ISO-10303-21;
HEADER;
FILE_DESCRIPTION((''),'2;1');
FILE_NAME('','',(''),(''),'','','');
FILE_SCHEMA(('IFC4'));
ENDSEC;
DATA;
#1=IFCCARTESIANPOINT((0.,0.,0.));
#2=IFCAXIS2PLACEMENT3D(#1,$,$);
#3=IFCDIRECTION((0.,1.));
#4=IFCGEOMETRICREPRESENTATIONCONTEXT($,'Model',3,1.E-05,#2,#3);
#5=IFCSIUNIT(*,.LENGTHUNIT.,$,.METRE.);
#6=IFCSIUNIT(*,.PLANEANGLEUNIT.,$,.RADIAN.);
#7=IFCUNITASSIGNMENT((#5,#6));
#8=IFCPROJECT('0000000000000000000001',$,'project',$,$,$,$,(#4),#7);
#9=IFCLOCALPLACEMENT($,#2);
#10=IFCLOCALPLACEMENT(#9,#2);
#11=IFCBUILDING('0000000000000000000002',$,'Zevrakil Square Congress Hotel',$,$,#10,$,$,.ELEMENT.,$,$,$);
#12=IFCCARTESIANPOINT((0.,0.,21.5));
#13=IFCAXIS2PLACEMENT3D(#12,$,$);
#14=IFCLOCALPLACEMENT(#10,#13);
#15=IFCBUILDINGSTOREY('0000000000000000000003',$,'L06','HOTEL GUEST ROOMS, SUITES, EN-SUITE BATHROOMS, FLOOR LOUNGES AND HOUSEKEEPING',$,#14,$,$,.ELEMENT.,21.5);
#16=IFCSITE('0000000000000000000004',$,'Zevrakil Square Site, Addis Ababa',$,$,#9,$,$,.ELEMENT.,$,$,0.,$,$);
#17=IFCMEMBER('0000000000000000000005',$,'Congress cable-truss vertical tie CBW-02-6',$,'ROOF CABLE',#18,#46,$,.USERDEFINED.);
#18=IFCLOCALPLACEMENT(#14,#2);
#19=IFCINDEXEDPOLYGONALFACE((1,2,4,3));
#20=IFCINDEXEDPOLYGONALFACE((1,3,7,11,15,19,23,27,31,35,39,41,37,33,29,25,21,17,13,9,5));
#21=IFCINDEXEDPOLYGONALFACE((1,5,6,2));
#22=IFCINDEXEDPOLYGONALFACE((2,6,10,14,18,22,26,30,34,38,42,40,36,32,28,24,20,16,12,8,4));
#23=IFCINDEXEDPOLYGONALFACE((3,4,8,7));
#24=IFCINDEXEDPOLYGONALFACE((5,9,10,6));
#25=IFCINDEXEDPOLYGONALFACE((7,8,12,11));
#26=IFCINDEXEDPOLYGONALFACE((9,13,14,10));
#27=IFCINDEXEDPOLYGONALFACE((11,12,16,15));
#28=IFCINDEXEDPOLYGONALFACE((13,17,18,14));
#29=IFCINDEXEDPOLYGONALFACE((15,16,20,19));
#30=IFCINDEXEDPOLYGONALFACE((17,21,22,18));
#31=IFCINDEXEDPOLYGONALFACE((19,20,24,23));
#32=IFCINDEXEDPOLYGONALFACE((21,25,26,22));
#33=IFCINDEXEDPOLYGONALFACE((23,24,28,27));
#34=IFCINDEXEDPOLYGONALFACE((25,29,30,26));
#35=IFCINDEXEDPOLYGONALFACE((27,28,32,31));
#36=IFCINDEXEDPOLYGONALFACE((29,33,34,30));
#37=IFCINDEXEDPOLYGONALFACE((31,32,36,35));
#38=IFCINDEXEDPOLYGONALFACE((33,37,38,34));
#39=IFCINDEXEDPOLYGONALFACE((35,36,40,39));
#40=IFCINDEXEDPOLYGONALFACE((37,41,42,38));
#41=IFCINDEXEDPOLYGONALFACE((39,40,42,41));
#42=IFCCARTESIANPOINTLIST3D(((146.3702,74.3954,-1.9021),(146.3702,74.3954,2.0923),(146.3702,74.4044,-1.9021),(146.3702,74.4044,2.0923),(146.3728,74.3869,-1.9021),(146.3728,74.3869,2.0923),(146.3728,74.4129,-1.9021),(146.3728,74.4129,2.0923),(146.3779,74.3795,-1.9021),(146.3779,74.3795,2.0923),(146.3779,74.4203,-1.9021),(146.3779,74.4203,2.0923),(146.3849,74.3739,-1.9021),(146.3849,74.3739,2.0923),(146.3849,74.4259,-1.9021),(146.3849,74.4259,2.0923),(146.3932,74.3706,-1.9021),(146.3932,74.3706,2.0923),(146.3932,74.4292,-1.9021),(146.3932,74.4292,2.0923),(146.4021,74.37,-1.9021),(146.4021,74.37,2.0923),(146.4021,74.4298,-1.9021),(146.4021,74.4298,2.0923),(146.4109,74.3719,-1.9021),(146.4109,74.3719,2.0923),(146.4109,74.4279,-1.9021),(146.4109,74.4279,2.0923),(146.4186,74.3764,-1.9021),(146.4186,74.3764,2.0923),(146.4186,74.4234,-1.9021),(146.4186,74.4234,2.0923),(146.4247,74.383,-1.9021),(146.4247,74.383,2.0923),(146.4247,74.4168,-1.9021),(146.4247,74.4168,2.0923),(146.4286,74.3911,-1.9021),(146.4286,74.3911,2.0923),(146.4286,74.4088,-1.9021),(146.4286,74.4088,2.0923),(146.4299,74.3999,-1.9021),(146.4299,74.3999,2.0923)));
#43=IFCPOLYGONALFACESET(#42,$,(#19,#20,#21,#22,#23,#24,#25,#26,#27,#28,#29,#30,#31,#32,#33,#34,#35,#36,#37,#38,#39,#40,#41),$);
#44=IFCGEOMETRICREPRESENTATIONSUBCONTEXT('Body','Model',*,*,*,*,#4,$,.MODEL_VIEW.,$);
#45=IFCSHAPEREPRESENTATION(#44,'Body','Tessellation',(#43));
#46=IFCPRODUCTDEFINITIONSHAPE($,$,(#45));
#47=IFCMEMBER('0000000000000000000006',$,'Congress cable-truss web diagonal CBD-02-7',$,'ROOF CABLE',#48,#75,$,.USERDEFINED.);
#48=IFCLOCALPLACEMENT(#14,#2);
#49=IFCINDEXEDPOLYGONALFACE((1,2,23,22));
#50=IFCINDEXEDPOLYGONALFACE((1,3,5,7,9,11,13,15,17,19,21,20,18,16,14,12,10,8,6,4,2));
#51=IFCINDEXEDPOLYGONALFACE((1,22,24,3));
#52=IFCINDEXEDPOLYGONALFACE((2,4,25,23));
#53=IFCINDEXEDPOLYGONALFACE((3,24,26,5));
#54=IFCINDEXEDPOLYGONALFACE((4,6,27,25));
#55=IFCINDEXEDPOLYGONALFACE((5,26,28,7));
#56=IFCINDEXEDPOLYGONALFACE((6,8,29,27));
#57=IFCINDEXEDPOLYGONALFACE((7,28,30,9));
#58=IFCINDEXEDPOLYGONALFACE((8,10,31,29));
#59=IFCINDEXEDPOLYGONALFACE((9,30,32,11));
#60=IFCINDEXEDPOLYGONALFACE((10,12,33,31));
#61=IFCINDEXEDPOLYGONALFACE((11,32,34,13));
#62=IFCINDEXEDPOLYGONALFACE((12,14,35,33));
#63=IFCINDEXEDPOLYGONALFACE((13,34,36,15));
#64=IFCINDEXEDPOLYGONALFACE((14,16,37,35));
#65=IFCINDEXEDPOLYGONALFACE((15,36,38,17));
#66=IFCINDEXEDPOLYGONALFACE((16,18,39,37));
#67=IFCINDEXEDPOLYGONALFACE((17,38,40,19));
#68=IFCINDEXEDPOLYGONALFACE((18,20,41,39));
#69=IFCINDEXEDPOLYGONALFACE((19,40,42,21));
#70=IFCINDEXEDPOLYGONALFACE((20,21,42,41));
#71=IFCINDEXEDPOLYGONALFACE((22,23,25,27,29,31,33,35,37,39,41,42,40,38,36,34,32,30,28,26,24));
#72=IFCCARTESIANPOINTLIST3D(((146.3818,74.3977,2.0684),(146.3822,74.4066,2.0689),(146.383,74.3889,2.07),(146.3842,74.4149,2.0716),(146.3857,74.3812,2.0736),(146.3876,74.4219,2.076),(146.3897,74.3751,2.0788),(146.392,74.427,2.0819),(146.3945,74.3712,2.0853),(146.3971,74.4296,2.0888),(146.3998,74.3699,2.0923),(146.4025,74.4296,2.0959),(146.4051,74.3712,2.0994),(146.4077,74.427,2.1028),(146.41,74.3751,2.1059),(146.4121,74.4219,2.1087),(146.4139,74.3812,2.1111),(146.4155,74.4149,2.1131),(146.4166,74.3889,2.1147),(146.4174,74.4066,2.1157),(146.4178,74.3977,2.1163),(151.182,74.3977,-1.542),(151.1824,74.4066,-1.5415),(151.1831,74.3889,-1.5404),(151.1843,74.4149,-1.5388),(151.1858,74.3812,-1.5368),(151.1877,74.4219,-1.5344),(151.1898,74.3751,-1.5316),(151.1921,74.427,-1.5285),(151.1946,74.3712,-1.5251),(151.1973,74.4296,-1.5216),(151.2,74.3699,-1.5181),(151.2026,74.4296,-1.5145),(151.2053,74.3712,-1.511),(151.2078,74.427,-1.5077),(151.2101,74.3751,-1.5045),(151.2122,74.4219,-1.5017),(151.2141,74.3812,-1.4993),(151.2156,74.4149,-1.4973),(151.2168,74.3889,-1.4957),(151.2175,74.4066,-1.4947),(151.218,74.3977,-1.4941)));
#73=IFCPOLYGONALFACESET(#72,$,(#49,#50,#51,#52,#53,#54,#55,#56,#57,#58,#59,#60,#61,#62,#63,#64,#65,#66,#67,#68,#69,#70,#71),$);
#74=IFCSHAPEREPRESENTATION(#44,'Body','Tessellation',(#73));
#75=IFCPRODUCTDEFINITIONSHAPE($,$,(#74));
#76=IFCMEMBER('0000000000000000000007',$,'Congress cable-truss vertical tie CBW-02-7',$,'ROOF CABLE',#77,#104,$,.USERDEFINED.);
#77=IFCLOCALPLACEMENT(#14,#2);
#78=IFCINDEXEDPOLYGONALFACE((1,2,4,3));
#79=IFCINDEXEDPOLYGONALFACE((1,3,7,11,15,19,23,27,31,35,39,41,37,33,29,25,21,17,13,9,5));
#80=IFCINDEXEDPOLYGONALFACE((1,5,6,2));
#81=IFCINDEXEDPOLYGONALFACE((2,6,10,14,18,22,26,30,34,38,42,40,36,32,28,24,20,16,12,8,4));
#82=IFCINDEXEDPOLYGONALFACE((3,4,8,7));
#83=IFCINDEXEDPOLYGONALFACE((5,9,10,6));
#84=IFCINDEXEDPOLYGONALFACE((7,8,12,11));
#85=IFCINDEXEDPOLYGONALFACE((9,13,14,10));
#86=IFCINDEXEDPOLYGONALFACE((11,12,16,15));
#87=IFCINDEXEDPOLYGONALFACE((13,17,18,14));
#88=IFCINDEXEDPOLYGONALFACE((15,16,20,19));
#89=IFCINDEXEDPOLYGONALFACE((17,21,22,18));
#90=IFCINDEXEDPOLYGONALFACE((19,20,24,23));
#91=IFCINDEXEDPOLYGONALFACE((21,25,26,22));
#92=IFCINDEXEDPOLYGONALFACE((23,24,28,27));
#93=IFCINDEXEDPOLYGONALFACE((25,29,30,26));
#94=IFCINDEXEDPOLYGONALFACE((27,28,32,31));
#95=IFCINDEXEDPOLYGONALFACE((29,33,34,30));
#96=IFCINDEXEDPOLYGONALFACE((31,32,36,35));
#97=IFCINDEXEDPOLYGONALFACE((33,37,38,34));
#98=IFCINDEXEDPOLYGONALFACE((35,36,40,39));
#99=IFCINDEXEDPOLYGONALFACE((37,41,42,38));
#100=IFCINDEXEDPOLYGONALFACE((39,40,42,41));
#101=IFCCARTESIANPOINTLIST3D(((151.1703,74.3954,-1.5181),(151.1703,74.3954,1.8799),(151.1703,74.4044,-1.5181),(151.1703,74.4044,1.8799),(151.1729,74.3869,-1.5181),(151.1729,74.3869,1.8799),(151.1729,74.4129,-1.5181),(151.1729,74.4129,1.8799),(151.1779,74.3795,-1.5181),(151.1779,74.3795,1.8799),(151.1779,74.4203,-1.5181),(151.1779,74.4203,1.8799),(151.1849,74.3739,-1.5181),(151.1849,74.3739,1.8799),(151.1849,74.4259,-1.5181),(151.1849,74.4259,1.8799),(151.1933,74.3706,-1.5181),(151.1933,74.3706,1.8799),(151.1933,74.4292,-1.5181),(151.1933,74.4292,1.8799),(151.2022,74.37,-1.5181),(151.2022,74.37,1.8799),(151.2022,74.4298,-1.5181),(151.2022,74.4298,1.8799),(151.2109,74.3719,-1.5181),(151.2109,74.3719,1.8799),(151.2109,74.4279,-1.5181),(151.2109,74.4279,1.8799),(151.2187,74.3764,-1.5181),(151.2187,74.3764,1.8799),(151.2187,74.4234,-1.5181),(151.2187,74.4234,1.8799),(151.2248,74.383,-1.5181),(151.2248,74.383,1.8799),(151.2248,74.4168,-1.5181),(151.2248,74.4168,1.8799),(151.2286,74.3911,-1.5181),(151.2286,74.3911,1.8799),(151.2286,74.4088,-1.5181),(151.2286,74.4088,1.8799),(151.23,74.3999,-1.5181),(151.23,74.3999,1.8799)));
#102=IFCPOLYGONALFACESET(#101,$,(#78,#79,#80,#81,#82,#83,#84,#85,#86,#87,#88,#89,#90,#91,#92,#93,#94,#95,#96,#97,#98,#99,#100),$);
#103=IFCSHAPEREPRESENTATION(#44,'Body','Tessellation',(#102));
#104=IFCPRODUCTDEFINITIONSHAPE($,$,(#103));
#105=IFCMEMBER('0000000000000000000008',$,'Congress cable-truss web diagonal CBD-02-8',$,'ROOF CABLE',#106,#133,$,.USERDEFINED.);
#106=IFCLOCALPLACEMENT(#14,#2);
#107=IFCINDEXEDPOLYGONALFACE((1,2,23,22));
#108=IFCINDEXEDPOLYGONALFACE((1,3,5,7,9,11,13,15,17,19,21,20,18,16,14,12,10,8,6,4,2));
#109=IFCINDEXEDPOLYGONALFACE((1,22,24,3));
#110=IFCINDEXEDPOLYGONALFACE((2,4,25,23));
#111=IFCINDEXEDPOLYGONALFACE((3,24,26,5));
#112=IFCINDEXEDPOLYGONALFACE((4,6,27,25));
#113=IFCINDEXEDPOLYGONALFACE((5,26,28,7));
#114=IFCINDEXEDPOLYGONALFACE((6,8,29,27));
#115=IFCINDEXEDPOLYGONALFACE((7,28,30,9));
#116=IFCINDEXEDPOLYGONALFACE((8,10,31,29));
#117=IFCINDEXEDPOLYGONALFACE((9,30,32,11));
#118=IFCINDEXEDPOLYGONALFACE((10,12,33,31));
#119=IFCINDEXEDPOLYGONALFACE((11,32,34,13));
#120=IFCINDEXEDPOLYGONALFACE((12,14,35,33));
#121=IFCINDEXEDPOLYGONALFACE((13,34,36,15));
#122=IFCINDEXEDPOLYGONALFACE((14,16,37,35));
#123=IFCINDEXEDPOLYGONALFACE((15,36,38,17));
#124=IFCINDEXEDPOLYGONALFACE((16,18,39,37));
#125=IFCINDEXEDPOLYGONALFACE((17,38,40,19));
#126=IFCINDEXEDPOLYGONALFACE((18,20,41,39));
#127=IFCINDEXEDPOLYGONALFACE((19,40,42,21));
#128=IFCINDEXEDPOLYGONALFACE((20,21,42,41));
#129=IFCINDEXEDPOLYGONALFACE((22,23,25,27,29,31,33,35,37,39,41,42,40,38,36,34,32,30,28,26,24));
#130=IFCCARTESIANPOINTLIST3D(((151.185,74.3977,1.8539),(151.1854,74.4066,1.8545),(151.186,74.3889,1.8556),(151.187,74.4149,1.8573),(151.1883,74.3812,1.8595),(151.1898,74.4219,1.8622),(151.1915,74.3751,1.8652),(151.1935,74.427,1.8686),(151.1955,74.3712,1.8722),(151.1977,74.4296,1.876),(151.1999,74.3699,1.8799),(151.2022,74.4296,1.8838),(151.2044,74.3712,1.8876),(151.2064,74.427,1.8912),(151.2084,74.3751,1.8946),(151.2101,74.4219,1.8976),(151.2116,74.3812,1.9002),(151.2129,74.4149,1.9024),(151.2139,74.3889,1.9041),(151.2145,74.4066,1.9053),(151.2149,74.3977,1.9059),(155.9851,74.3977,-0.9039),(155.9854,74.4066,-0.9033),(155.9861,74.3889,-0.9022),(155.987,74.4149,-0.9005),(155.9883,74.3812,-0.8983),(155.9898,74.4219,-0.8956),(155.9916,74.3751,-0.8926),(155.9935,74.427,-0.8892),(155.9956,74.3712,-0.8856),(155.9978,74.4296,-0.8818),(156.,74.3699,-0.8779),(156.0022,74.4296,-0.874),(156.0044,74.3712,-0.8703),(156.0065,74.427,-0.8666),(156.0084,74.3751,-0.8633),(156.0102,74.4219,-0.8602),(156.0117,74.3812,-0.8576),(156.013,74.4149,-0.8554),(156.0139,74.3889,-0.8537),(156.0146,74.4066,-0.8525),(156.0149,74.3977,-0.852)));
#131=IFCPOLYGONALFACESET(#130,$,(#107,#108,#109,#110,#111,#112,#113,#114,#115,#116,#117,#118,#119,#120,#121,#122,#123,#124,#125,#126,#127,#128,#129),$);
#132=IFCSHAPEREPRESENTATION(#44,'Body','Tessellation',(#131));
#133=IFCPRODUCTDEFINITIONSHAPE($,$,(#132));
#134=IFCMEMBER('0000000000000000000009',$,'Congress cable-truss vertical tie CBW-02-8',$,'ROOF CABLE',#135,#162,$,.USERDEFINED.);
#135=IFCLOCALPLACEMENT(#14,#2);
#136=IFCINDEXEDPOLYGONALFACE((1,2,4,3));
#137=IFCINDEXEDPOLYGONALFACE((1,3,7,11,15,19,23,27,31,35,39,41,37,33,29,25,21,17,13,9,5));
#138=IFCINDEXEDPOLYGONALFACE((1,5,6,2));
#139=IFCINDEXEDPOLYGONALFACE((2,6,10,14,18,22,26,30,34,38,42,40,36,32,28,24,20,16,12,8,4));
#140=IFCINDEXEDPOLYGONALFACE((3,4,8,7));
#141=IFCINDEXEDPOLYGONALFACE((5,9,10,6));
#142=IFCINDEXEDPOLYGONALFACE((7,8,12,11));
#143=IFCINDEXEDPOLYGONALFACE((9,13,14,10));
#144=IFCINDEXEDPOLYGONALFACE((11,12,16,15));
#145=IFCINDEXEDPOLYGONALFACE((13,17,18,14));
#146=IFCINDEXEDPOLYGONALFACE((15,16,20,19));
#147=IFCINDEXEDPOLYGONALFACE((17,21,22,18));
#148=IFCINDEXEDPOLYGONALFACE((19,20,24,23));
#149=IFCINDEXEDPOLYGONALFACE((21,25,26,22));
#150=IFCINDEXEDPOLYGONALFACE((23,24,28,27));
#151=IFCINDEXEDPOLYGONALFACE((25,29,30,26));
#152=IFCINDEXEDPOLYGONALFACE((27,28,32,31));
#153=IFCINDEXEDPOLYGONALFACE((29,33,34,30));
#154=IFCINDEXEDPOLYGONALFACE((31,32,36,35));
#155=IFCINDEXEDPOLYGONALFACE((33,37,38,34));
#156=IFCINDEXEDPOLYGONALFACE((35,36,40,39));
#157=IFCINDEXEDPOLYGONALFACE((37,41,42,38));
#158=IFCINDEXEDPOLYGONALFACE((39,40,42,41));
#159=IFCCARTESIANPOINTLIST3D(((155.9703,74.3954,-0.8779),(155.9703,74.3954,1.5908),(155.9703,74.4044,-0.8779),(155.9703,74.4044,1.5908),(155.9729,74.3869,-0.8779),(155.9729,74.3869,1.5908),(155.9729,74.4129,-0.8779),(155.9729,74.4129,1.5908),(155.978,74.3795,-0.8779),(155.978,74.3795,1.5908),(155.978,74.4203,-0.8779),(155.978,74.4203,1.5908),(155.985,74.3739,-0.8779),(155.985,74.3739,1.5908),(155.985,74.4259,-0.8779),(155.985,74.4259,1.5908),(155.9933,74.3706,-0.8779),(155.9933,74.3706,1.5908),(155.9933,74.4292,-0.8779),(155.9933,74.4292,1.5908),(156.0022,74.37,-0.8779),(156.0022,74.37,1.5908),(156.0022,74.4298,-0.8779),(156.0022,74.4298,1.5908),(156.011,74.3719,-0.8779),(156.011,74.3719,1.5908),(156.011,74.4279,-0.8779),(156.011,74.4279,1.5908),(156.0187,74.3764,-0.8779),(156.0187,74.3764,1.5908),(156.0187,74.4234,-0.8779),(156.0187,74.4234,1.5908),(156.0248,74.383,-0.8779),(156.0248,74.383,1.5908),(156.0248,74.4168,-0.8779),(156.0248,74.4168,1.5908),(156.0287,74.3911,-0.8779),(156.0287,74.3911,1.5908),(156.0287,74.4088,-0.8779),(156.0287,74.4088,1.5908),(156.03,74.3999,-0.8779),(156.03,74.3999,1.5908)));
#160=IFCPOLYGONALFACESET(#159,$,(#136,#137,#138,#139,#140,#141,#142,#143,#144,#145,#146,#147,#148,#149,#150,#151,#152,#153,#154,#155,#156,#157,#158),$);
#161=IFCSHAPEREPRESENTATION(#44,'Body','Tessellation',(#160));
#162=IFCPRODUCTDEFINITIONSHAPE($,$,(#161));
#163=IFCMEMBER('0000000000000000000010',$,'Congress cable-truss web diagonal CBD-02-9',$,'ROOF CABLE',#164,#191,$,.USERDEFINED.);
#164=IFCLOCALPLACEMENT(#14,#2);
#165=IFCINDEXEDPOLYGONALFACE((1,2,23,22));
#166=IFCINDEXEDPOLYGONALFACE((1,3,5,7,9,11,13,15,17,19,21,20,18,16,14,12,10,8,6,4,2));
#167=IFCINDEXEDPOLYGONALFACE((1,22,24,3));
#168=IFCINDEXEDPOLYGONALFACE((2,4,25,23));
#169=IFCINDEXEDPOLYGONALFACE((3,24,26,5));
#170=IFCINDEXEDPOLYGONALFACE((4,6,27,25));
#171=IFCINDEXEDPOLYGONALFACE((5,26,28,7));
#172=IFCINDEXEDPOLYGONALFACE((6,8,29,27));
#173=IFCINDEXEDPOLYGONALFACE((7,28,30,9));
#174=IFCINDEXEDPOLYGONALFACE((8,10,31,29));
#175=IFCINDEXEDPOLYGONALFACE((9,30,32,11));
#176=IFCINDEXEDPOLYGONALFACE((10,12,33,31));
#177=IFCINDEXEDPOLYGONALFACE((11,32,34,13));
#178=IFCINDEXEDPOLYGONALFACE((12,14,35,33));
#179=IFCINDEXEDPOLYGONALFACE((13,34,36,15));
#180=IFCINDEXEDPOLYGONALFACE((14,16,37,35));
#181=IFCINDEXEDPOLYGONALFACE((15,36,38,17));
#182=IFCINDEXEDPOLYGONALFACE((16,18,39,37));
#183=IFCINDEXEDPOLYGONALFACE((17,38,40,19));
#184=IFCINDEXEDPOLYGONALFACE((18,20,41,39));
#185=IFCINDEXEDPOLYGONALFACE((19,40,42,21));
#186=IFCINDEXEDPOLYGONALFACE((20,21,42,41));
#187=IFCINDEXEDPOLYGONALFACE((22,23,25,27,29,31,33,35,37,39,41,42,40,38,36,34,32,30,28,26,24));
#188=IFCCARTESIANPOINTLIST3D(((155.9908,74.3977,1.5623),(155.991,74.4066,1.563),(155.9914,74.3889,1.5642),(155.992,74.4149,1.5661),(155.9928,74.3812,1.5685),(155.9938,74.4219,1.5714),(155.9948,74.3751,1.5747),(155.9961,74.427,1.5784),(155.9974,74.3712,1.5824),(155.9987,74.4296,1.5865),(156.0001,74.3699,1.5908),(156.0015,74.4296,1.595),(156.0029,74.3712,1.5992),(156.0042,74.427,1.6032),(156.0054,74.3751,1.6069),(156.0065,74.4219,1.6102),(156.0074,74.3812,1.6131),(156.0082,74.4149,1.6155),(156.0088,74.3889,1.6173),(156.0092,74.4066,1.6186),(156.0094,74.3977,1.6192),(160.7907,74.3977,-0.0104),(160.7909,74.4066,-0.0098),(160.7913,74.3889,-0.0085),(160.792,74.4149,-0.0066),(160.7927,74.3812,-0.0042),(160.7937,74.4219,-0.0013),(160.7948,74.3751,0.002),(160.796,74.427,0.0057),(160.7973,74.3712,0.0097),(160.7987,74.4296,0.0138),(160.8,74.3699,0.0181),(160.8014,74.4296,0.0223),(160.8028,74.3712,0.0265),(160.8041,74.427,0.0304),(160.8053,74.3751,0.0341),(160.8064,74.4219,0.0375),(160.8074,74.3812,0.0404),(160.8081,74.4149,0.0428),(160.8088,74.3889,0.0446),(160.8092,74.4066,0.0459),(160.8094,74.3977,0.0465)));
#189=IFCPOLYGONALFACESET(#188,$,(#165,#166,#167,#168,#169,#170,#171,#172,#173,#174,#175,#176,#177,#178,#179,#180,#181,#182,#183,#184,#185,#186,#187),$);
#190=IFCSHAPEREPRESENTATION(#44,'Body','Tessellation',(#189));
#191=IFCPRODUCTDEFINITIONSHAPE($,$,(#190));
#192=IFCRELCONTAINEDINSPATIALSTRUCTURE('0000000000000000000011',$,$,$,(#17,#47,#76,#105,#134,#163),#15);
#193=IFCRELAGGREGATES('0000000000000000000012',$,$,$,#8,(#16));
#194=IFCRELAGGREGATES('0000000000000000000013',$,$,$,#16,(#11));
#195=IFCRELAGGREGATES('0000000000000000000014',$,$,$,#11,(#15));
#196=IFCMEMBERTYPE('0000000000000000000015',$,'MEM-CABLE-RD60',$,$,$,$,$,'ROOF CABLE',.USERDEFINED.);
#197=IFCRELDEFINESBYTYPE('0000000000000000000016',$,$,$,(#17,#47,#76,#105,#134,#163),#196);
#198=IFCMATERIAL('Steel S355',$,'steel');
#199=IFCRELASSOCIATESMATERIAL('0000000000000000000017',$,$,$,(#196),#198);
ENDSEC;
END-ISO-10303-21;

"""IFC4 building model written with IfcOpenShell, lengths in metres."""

from ifc_helpers import new_model, si_unit, direction, frame, origin, origin_2d, place, context, subcontext, project, spatial, circle, extrude, material, material_profile, profile_set, type_object, element, save


model = new_model("IFC4")

# Units and contexts
model_context = context("Model", 3, precision=1e-05, world=origin(), true_north=direction((0.0, 1.0)))
body_context = subcontext(model_context, "Body", "Model", "MODEL_VIEW")
ifc_project = project(units=[si_unit("LENGTHUNIT", "METRE"), si_unit("PLANEANGLEUNIT", "RADIAN")], contexts=[model_context])

# Site, building, storey
site_placement = place(None, origin())
site = spatial("IfcSite", under=ifc_project, at=site_placement, Name="Zevrakil Square Site, Addis Ababa", CompositionType="ELEMENT", RefElevation=0.0)
building_placement = place(site_placement, origin())
building = spatial("IfcBuilding", under=site, at=building_placement, Name="Zevrakil Square Congress Hotel", CompositionType="ELEMENT")
storey_placement = place(building_placement, frame((0.0, 0.0, 21.5)))
storey = spatial("IfcBuildingStorey", under=building, at=storey_placement, Name="L06", Description="HOTEL GUEST ROOMS, SUITES, EN-SUITE BATHROOMS, FLOOR LOUNGES AND HOUSEKEEPING", CompositionType="ELEMENT", Elevation=21.5)

# Members
ifc_material_1 = material(Name="Steel S355", Category="steel")
ifc_material_profile_1 = material_profile(ifc_material_1, circle(Radius=0.03, at=origin_2d()), Name="CABLE RD60")
ifc_profile_set_1 = profile_set([ifc_material_profile_1], Name="Steel S355")
member_type_1 = type_object("IfcMemberType", Name="MEM-CABLE-RD60", ElementType="ROOF CABLE", PredefinedType="USERDEFINED", material=ifc_profile_set_1)
member_1_placement = place(storey_placement, frame((146.3999, 74.3999, -1.9021), z_axis=(0.0, 0.0, 1.0), x_axis=(1.0, 0.0, 0.0)))
element("IfcMember", 1, at=member_1_placement, inside=storey, type_object=member_type_1, Name="Congress cable-truss vertical tie CBW-02-6", ObjectType="ROOF CABLE", PredefinedType="USERDEFINED", context=body_context, shape_type="SweptSolid", body=[
    extrude(circle(Radius=0.03, at=origin_2d()), origin(), (0.0, 0.0, 1.0), 3.9944),
])
member_2_placement = place(storey_placement, frame((151.2, 74.3999, -1.5181), z_axis=(-0.799175, 0.0, 0.601099), x_axis=(0.0, -1.0, 0.0)))
element("IfcMember", 2, at=member_2_placement, inside=storey, type_object=member_type_1, Name="Congress cable-truss web diagonal CBD-02-7", ObjectType="ROOF CABLE", PredefinedType="USERDEFINED", context=body_context, shape_type="SweptSolid", body=[
    extrude(circle(Radius=0.03, at=origin_2d()), origin(), (0.0, 0.0, 1.0), 6.0063),
])
member_3_placement = place(storey_placement, frame((151.2, 74.3999, -1.5181), z_axis=(0.0, 0.0, 1.0), x_axis=(1.0, 0.0, 0.0)))
element("IfcMember", 3, at=member_3_placement, inside=storey, type_object=member_type_1, Name="Congress cable-truss vertical tie CBW-02-7", ObjectType="ROOF CABLE", PredefinedType="USERDEFINED", context=body_context, shape_type="SweptSolid", body=[
    extrude(circle(Radius=0.03, at=origin_2d()), origin(), (0.0, 0.0, 1.0), 3.3979),
])
member_4_placement = place(storey_placement, frame((156.0, 74.3999, -0.8779), z_axis=(-0.867079, 0.0, 0.49817), x_axis=(0.0, -1.0, 0.0)))
element("IfcMember", 4, at=member_4_placement, inside=storey, type_object=member_type_1, Name="Congress cable-truss web diagonal CBD-02-8", ObjectType="ROOF CABLE", PredefinedType="USERDEFINED", context=body_context, shape_type="SweptSolid", body=[
    extrude(circle(Radius=0.03, at=origin_2d()), origin(), (0.0, 0.0, 1.0), 5.5359),
])
member_5_placement = place(storey_placement, frame((156.0, 74.3999, -0.8779), z_axis=(0.0, 0.0, 1.0), x_axis=(1.0, 0.0, 0.0)))
element("IfcMember", 5, at=member_5_placement, inside=storey, type_object=member_type_1, Name="Congress cable-truss vertical tie CBW-02-8", ObjectType="ROOF CABLE", PredefinedType="USERDEFINED", context=body_context, shape_type="SweptSolid", body=[
    extrude(circle(Radius=0.03, at=origin_2d()), origin(), (0.0, 0.0, 1.0), 2.4688),
])
member_6_placement = place(storey_placement, frame((160.8, 74.3999, 0.0181), z_axis=(-0.95029, 0.0, 0.311366), x_axis=(0.0, -1.0, 0.0)))
element("IfcMember", 6, at=member_6_placement, inside=storey, type_object=member_type_1, Name="Congress cable-truss web diagonal CBD-02-9", ObjectType="ROOF CABLE", PredefinedType="USERDEFINED", context=body_context, shape_type="SweptSolid", body=[
    extrude(circle(Radius=0.03, at=origin_2d()), origin(), (0.0, 0.0, 1.0), 5.051),
])

save(model, "model.ifc")
